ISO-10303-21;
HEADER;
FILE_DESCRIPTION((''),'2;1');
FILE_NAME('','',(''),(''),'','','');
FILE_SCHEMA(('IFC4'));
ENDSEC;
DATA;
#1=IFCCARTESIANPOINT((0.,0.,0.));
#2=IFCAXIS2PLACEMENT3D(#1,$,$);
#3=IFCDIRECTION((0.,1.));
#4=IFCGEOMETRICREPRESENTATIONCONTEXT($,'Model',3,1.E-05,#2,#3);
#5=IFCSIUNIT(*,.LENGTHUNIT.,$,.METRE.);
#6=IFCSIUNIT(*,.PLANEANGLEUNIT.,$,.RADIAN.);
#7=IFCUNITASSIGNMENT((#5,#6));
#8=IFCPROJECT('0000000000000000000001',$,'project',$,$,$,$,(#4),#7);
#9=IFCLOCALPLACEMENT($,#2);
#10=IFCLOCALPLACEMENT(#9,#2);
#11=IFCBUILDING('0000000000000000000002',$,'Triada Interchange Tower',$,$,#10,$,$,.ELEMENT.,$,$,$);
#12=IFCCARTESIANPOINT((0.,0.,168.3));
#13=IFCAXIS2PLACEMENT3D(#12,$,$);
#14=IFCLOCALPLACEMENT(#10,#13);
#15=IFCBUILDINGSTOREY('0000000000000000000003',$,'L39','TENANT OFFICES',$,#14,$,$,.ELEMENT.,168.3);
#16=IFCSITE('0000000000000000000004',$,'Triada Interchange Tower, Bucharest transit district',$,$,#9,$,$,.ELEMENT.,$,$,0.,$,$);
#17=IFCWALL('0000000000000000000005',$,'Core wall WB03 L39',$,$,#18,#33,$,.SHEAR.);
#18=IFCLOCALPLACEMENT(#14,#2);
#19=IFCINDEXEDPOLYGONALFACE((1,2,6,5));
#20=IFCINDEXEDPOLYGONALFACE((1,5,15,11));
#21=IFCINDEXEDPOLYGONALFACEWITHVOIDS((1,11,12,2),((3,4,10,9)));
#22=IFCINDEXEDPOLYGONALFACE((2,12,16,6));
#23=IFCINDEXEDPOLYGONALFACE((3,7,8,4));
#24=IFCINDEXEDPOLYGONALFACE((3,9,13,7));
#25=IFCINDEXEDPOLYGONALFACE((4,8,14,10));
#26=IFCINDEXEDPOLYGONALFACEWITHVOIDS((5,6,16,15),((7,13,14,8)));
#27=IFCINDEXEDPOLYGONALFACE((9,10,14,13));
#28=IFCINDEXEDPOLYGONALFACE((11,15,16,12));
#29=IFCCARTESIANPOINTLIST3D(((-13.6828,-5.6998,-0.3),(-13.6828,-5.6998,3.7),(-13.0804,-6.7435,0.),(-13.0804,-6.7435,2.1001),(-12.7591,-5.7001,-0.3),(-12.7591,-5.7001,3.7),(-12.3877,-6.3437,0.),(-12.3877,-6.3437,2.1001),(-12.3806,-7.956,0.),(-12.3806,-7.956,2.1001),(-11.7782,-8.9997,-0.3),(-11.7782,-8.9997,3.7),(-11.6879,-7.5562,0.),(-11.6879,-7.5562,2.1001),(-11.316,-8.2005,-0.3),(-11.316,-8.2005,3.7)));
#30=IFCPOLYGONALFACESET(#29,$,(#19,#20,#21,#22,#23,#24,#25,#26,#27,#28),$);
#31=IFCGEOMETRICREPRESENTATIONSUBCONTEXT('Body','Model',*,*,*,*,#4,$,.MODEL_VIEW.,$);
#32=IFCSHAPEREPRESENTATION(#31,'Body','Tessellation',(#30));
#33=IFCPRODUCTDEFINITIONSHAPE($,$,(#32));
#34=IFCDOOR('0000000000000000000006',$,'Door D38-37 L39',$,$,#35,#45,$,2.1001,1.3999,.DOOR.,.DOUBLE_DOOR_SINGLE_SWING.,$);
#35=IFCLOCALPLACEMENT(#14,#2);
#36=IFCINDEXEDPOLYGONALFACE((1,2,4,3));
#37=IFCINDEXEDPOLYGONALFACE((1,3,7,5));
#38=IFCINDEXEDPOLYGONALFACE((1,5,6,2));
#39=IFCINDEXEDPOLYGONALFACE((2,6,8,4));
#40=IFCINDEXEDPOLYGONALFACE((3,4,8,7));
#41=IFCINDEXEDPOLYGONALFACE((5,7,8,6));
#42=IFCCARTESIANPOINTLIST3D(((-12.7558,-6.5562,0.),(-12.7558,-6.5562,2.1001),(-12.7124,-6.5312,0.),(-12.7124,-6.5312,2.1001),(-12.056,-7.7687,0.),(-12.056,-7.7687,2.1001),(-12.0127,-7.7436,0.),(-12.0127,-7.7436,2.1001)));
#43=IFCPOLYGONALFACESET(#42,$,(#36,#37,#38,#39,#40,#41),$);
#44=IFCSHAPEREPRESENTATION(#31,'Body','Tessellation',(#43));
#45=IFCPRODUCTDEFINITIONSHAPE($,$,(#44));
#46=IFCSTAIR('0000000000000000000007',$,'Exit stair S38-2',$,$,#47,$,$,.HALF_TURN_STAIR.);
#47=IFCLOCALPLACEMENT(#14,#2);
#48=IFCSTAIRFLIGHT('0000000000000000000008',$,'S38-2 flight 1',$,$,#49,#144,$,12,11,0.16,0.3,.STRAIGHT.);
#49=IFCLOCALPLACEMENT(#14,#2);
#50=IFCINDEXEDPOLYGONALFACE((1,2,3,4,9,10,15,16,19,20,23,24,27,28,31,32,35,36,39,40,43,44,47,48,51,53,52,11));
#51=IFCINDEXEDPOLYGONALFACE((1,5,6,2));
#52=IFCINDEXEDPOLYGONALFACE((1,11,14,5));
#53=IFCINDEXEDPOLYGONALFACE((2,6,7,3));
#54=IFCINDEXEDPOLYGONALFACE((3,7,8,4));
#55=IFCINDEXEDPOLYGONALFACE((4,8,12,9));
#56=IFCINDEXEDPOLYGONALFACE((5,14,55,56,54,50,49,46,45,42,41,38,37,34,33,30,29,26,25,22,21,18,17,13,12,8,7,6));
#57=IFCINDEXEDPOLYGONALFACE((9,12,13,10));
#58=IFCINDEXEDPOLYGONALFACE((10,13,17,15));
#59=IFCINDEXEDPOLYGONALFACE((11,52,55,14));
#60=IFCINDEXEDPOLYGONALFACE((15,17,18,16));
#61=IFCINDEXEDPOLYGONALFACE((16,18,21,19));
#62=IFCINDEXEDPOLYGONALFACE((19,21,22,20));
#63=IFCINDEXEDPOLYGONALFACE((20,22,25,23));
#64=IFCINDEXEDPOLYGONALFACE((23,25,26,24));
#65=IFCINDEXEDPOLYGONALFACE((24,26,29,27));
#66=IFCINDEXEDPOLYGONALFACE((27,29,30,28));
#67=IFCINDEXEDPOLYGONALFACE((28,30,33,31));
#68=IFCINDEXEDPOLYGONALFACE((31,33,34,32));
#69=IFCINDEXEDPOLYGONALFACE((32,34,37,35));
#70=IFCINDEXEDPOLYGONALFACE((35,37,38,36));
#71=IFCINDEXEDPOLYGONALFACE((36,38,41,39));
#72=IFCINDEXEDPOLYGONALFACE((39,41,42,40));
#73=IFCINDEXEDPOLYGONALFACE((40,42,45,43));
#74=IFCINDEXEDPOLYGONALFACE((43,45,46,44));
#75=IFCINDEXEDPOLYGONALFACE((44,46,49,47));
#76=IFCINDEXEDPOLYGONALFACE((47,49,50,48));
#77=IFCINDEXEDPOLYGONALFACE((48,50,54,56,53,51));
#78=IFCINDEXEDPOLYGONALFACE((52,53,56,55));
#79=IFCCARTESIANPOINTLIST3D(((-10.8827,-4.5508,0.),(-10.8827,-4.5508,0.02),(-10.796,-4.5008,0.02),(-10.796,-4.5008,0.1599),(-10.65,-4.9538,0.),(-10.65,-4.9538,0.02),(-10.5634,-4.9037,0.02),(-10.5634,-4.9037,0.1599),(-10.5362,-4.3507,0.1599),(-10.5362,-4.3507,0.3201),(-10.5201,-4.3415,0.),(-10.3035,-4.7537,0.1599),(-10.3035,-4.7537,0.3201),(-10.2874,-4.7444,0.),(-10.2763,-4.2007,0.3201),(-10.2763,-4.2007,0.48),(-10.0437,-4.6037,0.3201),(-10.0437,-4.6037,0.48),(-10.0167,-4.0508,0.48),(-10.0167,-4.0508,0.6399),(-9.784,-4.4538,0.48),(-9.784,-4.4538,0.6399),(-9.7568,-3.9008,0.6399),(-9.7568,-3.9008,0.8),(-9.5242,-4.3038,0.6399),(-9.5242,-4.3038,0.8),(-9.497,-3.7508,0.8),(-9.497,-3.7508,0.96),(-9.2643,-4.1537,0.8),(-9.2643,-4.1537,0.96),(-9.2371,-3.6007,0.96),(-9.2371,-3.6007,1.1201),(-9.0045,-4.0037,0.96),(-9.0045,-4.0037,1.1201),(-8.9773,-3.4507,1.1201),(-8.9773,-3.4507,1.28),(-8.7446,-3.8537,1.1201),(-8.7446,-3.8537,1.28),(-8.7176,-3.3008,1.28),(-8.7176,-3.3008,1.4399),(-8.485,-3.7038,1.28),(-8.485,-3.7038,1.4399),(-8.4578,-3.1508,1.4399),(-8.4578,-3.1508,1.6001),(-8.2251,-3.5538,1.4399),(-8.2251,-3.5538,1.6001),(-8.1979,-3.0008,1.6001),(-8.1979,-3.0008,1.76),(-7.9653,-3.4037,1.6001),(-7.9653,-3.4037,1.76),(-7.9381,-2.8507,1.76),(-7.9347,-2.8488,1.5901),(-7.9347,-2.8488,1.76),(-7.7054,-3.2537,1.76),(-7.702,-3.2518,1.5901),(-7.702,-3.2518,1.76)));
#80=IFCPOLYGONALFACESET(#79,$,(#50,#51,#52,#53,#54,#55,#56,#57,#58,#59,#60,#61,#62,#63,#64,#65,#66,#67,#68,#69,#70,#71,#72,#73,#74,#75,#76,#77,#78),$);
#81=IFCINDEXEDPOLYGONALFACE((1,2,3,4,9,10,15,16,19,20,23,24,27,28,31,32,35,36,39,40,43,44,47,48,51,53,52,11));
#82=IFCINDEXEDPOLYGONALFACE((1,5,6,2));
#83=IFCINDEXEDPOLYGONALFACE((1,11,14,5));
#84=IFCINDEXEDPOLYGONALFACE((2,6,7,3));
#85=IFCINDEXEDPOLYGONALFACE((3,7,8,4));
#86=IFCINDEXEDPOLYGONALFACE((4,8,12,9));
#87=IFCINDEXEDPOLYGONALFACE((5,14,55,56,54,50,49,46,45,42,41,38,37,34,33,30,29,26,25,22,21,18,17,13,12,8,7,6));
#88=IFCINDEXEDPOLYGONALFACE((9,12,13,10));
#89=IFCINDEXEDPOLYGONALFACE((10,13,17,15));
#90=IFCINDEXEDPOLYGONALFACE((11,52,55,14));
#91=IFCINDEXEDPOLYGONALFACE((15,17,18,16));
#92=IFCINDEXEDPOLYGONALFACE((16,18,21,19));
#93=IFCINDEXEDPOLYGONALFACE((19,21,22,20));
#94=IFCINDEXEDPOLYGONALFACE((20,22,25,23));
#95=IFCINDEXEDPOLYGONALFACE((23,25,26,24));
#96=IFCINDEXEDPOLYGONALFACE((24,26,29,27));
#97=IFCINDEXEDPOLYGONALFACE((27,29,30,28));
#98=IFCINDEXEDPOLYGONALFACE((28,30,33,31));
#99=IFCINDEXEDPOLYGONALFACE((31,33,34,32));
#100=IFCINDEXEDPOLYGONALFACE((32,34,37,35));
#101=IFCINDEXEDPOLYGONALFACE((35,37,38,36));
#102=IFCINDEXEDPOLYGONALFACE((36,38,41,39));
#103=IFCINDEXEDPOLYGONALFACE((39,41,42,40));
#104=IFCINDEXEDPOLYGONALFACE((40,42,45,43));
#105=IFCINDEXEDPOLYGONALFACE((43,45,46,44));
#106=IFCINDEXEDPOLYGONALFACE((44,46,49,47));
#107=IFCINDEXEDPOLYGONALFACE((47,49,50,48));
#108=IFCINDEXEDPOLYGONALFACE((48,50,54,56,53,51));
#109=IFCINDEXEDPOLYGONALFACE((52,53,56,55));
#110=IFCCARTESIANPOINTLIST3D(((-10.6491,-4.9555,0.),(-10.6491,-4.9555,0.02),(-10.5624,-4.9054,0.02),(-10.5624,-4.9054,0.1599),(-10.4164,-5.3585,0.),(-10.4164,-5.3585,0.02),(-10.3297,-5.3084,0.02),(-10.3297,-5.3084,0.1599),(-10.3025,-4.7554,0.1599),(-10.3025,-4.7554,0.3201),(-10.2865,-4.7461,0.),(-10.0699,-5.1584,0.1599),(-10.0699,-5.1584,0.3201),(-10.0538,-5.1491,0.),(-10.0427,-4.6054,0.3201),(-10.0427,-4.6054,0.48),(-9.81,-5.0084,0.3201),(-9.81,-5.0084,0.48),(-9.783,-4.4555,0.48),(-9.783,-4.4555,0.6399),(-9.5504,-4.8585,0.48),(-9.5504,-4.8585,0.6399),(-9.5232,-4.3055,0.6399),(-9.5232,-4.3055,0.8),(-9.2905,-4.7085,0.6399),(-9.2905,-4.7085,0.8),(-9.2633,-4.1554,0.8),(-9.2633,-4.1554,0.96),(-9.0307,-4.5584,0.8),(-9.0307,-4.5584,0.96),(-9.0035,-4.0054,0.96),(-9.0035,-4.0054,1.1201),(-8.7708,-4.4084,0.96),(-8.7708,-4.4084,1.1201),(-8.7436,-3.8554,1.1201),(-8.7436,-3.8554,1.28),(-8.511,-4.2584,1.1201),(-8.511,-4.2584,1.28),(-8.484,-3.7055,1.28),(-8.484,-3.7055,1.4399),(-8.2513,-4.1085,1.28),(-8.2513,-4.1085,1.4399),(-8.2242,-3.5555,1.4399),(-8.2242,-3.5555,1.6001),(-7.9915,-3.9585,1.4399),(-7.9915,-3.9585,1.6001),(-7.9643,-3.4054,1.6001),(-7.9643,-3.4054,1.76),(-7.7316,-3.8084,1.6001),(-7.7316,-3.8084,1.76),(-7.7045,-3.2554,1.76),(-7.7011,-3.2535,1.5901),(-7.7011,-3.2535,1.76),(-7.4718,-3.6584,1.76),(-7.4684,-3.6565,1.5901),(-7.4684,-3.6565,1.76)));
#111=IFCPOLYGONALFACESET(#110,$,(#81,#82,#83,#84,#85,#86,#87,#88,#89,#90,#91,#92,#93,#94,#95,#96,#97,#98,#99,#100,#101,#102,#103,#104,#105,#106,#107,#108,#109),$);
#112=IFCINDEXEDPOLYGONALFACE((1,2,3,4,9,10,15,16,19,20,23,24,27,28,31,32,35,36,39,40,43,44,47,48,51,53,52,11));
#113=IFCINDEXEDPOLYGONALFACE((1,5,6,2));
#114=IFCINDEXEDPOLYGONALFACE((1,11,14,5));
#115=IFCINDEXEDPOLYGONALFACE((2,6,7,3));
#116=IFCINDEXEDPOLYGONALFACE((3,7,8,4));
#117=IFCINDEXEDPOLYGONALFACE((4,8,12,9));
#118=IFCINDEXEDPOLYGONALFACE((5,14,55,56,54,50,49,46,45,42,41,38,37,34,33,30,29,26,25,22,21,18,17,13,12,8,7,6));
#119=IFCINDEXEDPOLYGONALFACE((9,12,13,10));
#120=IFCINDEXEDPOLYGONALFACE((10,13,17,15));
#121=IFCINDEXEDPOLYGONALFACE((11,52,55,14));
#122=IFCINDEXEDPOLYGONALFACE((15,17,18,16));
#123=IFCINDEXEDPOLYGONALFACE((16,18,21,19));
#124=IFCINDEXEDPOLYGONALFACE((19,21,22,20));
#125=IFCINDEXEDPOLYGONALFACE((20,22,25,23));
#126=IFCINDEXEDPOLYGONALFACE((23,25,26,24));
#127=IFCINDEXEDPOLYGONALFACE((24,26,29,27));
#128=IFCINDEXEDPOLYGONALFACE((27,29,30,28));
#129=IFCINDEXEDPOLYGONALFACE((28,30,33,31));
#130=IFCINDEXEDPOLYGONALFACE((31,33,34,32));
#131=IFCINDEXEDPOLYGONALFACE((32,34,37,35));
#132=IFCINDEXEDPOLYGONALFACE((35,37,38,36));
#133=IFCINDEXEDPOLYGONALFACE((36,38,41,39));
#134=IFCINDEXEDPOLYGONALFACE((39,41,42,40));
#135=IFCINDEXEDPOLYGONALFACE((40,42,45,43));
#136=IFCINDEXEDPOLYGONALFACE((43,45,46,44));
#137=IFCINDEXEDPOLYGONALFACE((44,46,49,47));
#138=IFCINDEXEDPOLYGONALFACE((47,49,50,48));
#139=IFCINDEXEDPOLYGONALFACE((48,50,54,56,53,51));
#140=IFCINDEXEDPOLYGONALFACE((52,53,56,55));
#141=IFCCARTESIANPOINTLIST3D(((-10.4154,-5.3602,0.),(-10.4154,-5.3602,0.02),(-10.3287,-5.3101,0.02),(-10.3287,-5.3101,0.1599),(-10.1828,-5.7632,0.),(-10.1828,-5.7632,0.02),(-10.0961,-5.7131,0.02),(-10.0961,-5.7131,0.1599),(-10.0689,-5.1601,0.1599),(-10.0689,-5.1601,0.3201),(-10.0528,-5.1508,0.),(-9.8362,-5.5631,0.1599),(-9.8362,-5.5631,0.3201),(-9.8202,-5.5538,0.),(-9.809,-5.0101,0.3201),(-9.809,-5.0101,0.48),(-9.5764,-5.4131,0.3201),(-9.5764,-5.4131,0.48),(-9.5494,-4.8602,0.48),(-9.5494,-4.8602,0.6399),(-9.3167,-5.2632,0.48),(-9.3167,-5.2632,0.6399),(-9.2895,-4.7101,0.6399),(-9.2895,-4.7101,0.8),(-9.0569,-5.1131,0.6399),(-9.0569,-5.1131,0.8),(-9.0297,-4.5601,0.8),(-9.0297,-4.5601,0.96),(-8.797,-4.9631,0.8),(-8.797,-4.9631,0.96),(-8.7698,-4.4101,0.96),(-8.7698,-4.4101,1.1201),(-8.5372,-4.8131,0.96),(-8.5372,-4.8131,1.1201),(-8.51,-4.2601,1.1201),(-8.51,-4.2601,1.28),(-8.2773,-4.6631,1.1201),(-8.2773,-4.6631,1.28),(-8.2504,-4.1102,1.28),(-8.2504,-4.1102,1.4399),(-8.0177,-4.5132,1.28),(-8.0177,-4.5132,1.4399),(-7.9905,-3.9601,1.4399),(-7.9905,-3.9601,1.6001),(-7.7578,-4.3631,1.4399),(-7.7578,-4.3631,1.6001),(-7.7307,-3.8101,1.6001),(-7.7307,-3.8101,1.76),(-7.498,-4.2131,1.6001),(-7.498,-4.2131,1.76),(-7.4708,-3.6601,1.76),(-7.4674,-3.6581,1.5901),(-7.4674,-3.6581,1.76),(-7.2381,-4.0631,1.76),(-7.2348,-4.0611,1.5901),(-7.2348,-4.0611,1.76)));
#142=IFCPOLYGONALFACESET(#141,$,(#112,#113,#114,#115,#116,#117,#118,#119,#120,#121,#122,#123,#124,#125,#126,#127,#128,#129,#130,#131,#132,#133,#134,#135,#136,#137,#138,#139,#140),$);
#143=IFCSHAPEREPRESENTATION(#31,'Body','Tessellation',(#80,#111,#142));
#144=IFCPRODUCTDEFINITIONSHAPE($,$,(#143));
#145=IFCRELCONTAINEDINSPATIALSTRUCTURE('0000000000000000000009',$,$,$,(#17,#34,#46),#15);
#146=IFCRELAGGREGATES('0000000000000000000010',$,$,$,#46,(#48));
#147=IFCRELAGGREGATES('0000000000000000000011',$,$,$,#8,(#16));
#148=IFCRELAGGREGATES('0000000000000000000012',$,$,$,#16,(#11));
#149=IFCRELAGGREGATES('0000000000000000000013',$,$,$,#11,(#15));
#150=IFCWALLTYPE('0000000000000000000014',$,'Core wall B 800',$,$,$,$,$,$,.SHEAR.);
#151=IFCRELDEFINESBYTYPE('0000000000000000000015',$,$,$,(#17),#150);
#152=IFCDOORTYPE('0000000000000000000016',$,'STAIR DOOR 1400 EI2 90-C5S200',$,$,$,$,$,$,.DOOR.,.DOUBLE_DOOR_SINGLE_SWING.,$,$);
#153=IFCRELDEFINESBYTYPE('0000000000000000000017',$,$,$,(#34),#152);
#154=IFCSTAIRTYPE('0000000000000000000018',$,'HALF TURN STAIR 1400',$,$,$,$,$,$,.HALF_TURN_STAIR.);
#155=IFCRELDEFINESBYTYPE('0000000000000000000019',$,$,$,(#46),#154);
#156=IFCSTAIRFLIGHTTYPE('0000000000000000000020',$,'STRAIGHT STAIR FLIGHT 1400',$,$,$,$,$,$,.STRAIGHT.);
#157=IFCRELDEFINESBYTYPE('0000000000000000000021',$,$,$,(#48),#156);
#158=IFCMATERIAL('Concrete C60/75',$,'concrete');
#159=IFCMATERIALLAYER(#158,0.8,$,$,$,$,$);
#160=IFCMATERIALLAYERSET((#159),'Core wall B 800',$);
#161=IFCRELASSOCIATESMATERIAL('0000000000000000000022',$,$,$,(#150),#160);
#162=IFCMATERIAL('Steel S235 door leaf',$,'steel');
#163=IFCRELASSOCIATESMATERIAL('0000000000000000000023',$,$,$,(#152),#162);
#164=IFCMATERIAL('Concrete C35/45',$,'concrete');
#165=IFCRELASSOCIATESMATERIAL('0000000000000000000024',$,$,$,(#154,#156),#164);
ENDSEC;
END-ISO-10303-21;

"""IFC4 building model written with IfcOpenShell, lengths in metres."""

from ifc_helpers import new_model, si_unit, direction, frame, frame_2d, origin, place, context, subcontext, project, spatial, polyline, rectangle, outline, extrude, material, layer, layer_set, type_object, element, fill, aggregate, save


model = new_model("IFC4")

# Units and contexts
model_context = context("Model", 3, precision=1e-05, world=origin(), true_north=direction((0.0, 1.0)))
body_context = subcontext(model_context, "Body", "Model", "MODEL_VIEW")
ifc_project = project(units=[si_unit("LENGTHUNIT", "METRE"), si_unit("PLANEANGLEUNIT", "RADIAN")], contexts=[model_context])

# Site, building, storey
site_placement = place(None, origin())
site = spatial("IfcSite", under=ifc_project, at=site_placement, Name="Triada Interchange Tower, Bucharest transit district", CompositionType="ELEMENT", RefElevation=0.0)
building_placement = place(site_placement, origin())
building = spatial("IfcBuilding", under=site, at=building_placement, Name="Triada Interchange Tower", CompositionType="ELEMENT")
storey_placement = place(building_placement, frame((0.0, 0.0, 168.3)))
storey = spatial("IfcBuildingStorey", under=building, at=storey_placement, Name="L39", Description="TENANT OFFICES", CompositionType="ELEMENT", Elevation=168.3)

# Shared definitions
ifc_material_1 = material(Name="Steel S235 door leaf", Category="steel")

# Wall, opening, door
ifc_material_2 = material(Name="Concrete C60/75", Category="concrete")
ifc_layer_1 = layer(ifc_material_2, 0.8)
ifc_layer_set_1 = layer_set([ifc_layer_1], Name="Core wall B 800")
wall_type_1 = type_object("IfcWallType", Name="Core wall B 800", PredefinedType="SHEAR", material=ifc_layer_set_1)
wall_1_placement = place(storey_placement, frame((-13.2209, -5.7, -0.3), z_axis=(0.0, 0.0, 1.0), x_axis=(0.499872, -0.866099, 0.0)))
wall_1 = element("IfcWall", 1, at=wall_1_placement, inside=storey, type_object=wall_type_1, Name="Core wall WB03 L39", PredefinedType="SHEAR", context=body_context, shape_type="SweptSolid", body=[
    extrude(outline(polyline([(-0.231, -0.3999), (1.6741, -0.3999), (3.5791, -0.3999), (3.1179, 0.3999), (1.6743, 0.3999), (0.231, 0.3999), (-0.231, -0.3999)])), origin(), (0.0, 0.0, 1.0), 4.0),
])
opening_1_placement = place(wall_1_placement, frame((0.9741, 0.0, 0.3)))
opening_1 = element("IfcOpeningElement", 2, at=opening_1_placement, cuts=wall_1, PredefinedType="OPENING", context=body_context, shape_type="SweptSolid", body=[
    extrude(rectangle(XDim=1.3999, YDim=2.1001, at=frame_2d((0.7, 1.05))), frame((0.0, 0.4099, 0.0), z_axis=(0.0, -1.0, 0.0), x_axis=(1.0, 0.0, 0.0)), (0.0, 0.0, 1.0), 0.8201),
])
door_type_1 = type_object("IfcDoorType", Name="STAIR DOOR 1400 EI2 90-C5S200", OperationType="DOUBLE_DOOR_SINGLE_SWING", PredefinedType="DOOR", material=ifc_material_1)
door_1_placement = place(opening_1_placement, origin())
door_1 = element("IfcDoor", 3, at=door_1_placement, inside=storey, type_object=door_type_1, Name="Door D38-37 L39", OperationType="DOUBLE_DOOR_SINGLE_SWING", OverallHeight=2.1001, OverallWidth=1.3999, PredefinedType="DOOR", context=body_context, shape_type="SweptSolid", body=[
    extrude(rectangle(XDim=1.3999, YDim=2.1001, at=frame_2d((0.7, 1.05))), frame((0.0, 0.0249, 0.0), z_axis=(0.0, -1.0, 0.0), x_axis=(1.0, 0.0, 0.0)), (0.0, 0.0, 1.0), 0.05),
])
fill(opening_1, door_1)

# Stair, stair flight
ifc_material_3 = material(Name="Concrete C35/45", Category="concrete")
stair_type = type_object("IfcStairType", Name="HALF TURN STAIR 1400", PredefinedType="HALF_TURN_STAIR", material=ifc_material_3)
stair_placement = place(storey_placement, origin())
stair = element("IfcStair", 4, at=stair_placement, inside=storey, type_object=stair_type, Name="Exit stair S38-2", PredefinedType="HALF_TURN_STAIR")
stair_flight_type = type_object("IfcStairFlightType", Name="STRAIGHT STAIR FLIGHT 1400", PredefinedType="STRAIGHT", material=ifc_material_3)
stair_flight_1_placement = place(storey_placement, frame((-10.446, -5.1069, 0.0), z_axis=(0.0, 0.0, 1.0), x_axis=(0.866025, 0.5, 0.0)))
stair_flight_1 = element("IfcStairFlight", 5, at=stair_flight_1_placement, type_object=stair_flight_type, Name="S38-2 flight 1", NumberOfRisers=12, NumberOfTreads=11, PredefinedType="STRAIGHT", RiserHeight=0.16, TreadLength=0.3, context=body_context, shape_type="SweptSolid", body=[
    extrude(outline(polyline([(-0.1001, 0.0), (-0.1001, 0.02), (0.0, 0.02), (0.0, 0.1599), (0.3, 0.1599), (0.3, 0.3201), (0.6001, 0.3201), (0.6001, 0.48), (0.8999, 0.48), (0.8999, 0.6399), (1.2, 0.6399), (1.2, 0.8), (1.5, 0.8), (1.5, 0.96), (1.8, 0.96), (1.8, 1.1201), (2.1001, 1.1201), (2.1001, 1.28), (2.3999, 1.28), (2.3999, 1.4399), (2.7, 1.4399), (2.7, 1.6001), (3.0, 1.6001), (3.0, 1.76), (3.3, 1.76), (3.304, 1.76), (3.304, 1.9199), (3.304, 1.5901), (0.3186, 0.0), (-0.1001, 0.0)])), frame((0.0, 0.7, 0.0), z_axis=(0.0, -1.0, 0.0), x_axis=(1.0, 0.0, 0.0)), (0.0, 0.0, 1.0), 0.4653),
    extrude(outline(polyline([(-0.1001, 0.0), (-0.1001, 0.02), (0.0, 0.02), (0.0, 0.1599), (0.3, 0.1599), (0.3, 0.3201), (0.6001, 0.3201), (0.6001, 0.48), (0.8999, 0.48), (0.8999, 0.6399), (1.2, 0.6399), (1.2, 0.8), (1.5, 0.8), (1.5, 0.96), (1.8, 0.96), (1.8, 1.1201), (2.1001, 1.1201), (2.1001, 1.28), (2.3999, 1.28), (2.3999, 1.4399), (2.7, 1.4399), (2.7, 1.6001), (3.0, 1.6001), (3.0, 1.76), (3.3, 1.76), (3.304, 1.76), (3.304, 1.9199), (3.304, 1.5901), (0.3186, 0.0), (-0.1001, 0.0)])), frame((0.0, 0.2327, 0.0), z_axis=(0.0, -1.0, 0.0), x_axis=(1.0, 0.0, 0.0)), (0.0, 0.0, 1.0), 0.4653),
    extrude(outline(polyline([(-0.1001, 0.0), (-0.1001, 0.02), (0.0, 0.02), (0.0, 0.1599), (0.3, 0.1599), (0.3, 0.3201), (0.6001, 0.3201), (0.6001, 0.48), (0.8999, 0.48), (0.8999, 0.6399), (1.2, 0.6399), (1.2, 0.8), (1.5, 0.8), (1.5, 0.96), (1.8, 0.96), (1.8, 1.1201), (2.1001, 1.1201), (2.1001, 1.28), (2.3999, 1.28), (2.3999, 1.4399), (2.7, 1.4399), (2.7, 1.6001), (3.0, 1.6001), (3.0, 1.76), (3.3, 1.76), (3.304, 1.76), (3.304, 1.9199), (3.304, 1.5901), (0.3186, 0.0), (-0.1001, 0.0)])), frame((0.0, -0.2346, 0.0), z_axis=(0.0, -1.0, 0.0), x_axis=(1.0, 0.0, 0.0)), (0.0, 0.0, 1.0), 0.4653),
])
aggregate(stair, [stair_flight_1])

save(model, "model.ifc")
